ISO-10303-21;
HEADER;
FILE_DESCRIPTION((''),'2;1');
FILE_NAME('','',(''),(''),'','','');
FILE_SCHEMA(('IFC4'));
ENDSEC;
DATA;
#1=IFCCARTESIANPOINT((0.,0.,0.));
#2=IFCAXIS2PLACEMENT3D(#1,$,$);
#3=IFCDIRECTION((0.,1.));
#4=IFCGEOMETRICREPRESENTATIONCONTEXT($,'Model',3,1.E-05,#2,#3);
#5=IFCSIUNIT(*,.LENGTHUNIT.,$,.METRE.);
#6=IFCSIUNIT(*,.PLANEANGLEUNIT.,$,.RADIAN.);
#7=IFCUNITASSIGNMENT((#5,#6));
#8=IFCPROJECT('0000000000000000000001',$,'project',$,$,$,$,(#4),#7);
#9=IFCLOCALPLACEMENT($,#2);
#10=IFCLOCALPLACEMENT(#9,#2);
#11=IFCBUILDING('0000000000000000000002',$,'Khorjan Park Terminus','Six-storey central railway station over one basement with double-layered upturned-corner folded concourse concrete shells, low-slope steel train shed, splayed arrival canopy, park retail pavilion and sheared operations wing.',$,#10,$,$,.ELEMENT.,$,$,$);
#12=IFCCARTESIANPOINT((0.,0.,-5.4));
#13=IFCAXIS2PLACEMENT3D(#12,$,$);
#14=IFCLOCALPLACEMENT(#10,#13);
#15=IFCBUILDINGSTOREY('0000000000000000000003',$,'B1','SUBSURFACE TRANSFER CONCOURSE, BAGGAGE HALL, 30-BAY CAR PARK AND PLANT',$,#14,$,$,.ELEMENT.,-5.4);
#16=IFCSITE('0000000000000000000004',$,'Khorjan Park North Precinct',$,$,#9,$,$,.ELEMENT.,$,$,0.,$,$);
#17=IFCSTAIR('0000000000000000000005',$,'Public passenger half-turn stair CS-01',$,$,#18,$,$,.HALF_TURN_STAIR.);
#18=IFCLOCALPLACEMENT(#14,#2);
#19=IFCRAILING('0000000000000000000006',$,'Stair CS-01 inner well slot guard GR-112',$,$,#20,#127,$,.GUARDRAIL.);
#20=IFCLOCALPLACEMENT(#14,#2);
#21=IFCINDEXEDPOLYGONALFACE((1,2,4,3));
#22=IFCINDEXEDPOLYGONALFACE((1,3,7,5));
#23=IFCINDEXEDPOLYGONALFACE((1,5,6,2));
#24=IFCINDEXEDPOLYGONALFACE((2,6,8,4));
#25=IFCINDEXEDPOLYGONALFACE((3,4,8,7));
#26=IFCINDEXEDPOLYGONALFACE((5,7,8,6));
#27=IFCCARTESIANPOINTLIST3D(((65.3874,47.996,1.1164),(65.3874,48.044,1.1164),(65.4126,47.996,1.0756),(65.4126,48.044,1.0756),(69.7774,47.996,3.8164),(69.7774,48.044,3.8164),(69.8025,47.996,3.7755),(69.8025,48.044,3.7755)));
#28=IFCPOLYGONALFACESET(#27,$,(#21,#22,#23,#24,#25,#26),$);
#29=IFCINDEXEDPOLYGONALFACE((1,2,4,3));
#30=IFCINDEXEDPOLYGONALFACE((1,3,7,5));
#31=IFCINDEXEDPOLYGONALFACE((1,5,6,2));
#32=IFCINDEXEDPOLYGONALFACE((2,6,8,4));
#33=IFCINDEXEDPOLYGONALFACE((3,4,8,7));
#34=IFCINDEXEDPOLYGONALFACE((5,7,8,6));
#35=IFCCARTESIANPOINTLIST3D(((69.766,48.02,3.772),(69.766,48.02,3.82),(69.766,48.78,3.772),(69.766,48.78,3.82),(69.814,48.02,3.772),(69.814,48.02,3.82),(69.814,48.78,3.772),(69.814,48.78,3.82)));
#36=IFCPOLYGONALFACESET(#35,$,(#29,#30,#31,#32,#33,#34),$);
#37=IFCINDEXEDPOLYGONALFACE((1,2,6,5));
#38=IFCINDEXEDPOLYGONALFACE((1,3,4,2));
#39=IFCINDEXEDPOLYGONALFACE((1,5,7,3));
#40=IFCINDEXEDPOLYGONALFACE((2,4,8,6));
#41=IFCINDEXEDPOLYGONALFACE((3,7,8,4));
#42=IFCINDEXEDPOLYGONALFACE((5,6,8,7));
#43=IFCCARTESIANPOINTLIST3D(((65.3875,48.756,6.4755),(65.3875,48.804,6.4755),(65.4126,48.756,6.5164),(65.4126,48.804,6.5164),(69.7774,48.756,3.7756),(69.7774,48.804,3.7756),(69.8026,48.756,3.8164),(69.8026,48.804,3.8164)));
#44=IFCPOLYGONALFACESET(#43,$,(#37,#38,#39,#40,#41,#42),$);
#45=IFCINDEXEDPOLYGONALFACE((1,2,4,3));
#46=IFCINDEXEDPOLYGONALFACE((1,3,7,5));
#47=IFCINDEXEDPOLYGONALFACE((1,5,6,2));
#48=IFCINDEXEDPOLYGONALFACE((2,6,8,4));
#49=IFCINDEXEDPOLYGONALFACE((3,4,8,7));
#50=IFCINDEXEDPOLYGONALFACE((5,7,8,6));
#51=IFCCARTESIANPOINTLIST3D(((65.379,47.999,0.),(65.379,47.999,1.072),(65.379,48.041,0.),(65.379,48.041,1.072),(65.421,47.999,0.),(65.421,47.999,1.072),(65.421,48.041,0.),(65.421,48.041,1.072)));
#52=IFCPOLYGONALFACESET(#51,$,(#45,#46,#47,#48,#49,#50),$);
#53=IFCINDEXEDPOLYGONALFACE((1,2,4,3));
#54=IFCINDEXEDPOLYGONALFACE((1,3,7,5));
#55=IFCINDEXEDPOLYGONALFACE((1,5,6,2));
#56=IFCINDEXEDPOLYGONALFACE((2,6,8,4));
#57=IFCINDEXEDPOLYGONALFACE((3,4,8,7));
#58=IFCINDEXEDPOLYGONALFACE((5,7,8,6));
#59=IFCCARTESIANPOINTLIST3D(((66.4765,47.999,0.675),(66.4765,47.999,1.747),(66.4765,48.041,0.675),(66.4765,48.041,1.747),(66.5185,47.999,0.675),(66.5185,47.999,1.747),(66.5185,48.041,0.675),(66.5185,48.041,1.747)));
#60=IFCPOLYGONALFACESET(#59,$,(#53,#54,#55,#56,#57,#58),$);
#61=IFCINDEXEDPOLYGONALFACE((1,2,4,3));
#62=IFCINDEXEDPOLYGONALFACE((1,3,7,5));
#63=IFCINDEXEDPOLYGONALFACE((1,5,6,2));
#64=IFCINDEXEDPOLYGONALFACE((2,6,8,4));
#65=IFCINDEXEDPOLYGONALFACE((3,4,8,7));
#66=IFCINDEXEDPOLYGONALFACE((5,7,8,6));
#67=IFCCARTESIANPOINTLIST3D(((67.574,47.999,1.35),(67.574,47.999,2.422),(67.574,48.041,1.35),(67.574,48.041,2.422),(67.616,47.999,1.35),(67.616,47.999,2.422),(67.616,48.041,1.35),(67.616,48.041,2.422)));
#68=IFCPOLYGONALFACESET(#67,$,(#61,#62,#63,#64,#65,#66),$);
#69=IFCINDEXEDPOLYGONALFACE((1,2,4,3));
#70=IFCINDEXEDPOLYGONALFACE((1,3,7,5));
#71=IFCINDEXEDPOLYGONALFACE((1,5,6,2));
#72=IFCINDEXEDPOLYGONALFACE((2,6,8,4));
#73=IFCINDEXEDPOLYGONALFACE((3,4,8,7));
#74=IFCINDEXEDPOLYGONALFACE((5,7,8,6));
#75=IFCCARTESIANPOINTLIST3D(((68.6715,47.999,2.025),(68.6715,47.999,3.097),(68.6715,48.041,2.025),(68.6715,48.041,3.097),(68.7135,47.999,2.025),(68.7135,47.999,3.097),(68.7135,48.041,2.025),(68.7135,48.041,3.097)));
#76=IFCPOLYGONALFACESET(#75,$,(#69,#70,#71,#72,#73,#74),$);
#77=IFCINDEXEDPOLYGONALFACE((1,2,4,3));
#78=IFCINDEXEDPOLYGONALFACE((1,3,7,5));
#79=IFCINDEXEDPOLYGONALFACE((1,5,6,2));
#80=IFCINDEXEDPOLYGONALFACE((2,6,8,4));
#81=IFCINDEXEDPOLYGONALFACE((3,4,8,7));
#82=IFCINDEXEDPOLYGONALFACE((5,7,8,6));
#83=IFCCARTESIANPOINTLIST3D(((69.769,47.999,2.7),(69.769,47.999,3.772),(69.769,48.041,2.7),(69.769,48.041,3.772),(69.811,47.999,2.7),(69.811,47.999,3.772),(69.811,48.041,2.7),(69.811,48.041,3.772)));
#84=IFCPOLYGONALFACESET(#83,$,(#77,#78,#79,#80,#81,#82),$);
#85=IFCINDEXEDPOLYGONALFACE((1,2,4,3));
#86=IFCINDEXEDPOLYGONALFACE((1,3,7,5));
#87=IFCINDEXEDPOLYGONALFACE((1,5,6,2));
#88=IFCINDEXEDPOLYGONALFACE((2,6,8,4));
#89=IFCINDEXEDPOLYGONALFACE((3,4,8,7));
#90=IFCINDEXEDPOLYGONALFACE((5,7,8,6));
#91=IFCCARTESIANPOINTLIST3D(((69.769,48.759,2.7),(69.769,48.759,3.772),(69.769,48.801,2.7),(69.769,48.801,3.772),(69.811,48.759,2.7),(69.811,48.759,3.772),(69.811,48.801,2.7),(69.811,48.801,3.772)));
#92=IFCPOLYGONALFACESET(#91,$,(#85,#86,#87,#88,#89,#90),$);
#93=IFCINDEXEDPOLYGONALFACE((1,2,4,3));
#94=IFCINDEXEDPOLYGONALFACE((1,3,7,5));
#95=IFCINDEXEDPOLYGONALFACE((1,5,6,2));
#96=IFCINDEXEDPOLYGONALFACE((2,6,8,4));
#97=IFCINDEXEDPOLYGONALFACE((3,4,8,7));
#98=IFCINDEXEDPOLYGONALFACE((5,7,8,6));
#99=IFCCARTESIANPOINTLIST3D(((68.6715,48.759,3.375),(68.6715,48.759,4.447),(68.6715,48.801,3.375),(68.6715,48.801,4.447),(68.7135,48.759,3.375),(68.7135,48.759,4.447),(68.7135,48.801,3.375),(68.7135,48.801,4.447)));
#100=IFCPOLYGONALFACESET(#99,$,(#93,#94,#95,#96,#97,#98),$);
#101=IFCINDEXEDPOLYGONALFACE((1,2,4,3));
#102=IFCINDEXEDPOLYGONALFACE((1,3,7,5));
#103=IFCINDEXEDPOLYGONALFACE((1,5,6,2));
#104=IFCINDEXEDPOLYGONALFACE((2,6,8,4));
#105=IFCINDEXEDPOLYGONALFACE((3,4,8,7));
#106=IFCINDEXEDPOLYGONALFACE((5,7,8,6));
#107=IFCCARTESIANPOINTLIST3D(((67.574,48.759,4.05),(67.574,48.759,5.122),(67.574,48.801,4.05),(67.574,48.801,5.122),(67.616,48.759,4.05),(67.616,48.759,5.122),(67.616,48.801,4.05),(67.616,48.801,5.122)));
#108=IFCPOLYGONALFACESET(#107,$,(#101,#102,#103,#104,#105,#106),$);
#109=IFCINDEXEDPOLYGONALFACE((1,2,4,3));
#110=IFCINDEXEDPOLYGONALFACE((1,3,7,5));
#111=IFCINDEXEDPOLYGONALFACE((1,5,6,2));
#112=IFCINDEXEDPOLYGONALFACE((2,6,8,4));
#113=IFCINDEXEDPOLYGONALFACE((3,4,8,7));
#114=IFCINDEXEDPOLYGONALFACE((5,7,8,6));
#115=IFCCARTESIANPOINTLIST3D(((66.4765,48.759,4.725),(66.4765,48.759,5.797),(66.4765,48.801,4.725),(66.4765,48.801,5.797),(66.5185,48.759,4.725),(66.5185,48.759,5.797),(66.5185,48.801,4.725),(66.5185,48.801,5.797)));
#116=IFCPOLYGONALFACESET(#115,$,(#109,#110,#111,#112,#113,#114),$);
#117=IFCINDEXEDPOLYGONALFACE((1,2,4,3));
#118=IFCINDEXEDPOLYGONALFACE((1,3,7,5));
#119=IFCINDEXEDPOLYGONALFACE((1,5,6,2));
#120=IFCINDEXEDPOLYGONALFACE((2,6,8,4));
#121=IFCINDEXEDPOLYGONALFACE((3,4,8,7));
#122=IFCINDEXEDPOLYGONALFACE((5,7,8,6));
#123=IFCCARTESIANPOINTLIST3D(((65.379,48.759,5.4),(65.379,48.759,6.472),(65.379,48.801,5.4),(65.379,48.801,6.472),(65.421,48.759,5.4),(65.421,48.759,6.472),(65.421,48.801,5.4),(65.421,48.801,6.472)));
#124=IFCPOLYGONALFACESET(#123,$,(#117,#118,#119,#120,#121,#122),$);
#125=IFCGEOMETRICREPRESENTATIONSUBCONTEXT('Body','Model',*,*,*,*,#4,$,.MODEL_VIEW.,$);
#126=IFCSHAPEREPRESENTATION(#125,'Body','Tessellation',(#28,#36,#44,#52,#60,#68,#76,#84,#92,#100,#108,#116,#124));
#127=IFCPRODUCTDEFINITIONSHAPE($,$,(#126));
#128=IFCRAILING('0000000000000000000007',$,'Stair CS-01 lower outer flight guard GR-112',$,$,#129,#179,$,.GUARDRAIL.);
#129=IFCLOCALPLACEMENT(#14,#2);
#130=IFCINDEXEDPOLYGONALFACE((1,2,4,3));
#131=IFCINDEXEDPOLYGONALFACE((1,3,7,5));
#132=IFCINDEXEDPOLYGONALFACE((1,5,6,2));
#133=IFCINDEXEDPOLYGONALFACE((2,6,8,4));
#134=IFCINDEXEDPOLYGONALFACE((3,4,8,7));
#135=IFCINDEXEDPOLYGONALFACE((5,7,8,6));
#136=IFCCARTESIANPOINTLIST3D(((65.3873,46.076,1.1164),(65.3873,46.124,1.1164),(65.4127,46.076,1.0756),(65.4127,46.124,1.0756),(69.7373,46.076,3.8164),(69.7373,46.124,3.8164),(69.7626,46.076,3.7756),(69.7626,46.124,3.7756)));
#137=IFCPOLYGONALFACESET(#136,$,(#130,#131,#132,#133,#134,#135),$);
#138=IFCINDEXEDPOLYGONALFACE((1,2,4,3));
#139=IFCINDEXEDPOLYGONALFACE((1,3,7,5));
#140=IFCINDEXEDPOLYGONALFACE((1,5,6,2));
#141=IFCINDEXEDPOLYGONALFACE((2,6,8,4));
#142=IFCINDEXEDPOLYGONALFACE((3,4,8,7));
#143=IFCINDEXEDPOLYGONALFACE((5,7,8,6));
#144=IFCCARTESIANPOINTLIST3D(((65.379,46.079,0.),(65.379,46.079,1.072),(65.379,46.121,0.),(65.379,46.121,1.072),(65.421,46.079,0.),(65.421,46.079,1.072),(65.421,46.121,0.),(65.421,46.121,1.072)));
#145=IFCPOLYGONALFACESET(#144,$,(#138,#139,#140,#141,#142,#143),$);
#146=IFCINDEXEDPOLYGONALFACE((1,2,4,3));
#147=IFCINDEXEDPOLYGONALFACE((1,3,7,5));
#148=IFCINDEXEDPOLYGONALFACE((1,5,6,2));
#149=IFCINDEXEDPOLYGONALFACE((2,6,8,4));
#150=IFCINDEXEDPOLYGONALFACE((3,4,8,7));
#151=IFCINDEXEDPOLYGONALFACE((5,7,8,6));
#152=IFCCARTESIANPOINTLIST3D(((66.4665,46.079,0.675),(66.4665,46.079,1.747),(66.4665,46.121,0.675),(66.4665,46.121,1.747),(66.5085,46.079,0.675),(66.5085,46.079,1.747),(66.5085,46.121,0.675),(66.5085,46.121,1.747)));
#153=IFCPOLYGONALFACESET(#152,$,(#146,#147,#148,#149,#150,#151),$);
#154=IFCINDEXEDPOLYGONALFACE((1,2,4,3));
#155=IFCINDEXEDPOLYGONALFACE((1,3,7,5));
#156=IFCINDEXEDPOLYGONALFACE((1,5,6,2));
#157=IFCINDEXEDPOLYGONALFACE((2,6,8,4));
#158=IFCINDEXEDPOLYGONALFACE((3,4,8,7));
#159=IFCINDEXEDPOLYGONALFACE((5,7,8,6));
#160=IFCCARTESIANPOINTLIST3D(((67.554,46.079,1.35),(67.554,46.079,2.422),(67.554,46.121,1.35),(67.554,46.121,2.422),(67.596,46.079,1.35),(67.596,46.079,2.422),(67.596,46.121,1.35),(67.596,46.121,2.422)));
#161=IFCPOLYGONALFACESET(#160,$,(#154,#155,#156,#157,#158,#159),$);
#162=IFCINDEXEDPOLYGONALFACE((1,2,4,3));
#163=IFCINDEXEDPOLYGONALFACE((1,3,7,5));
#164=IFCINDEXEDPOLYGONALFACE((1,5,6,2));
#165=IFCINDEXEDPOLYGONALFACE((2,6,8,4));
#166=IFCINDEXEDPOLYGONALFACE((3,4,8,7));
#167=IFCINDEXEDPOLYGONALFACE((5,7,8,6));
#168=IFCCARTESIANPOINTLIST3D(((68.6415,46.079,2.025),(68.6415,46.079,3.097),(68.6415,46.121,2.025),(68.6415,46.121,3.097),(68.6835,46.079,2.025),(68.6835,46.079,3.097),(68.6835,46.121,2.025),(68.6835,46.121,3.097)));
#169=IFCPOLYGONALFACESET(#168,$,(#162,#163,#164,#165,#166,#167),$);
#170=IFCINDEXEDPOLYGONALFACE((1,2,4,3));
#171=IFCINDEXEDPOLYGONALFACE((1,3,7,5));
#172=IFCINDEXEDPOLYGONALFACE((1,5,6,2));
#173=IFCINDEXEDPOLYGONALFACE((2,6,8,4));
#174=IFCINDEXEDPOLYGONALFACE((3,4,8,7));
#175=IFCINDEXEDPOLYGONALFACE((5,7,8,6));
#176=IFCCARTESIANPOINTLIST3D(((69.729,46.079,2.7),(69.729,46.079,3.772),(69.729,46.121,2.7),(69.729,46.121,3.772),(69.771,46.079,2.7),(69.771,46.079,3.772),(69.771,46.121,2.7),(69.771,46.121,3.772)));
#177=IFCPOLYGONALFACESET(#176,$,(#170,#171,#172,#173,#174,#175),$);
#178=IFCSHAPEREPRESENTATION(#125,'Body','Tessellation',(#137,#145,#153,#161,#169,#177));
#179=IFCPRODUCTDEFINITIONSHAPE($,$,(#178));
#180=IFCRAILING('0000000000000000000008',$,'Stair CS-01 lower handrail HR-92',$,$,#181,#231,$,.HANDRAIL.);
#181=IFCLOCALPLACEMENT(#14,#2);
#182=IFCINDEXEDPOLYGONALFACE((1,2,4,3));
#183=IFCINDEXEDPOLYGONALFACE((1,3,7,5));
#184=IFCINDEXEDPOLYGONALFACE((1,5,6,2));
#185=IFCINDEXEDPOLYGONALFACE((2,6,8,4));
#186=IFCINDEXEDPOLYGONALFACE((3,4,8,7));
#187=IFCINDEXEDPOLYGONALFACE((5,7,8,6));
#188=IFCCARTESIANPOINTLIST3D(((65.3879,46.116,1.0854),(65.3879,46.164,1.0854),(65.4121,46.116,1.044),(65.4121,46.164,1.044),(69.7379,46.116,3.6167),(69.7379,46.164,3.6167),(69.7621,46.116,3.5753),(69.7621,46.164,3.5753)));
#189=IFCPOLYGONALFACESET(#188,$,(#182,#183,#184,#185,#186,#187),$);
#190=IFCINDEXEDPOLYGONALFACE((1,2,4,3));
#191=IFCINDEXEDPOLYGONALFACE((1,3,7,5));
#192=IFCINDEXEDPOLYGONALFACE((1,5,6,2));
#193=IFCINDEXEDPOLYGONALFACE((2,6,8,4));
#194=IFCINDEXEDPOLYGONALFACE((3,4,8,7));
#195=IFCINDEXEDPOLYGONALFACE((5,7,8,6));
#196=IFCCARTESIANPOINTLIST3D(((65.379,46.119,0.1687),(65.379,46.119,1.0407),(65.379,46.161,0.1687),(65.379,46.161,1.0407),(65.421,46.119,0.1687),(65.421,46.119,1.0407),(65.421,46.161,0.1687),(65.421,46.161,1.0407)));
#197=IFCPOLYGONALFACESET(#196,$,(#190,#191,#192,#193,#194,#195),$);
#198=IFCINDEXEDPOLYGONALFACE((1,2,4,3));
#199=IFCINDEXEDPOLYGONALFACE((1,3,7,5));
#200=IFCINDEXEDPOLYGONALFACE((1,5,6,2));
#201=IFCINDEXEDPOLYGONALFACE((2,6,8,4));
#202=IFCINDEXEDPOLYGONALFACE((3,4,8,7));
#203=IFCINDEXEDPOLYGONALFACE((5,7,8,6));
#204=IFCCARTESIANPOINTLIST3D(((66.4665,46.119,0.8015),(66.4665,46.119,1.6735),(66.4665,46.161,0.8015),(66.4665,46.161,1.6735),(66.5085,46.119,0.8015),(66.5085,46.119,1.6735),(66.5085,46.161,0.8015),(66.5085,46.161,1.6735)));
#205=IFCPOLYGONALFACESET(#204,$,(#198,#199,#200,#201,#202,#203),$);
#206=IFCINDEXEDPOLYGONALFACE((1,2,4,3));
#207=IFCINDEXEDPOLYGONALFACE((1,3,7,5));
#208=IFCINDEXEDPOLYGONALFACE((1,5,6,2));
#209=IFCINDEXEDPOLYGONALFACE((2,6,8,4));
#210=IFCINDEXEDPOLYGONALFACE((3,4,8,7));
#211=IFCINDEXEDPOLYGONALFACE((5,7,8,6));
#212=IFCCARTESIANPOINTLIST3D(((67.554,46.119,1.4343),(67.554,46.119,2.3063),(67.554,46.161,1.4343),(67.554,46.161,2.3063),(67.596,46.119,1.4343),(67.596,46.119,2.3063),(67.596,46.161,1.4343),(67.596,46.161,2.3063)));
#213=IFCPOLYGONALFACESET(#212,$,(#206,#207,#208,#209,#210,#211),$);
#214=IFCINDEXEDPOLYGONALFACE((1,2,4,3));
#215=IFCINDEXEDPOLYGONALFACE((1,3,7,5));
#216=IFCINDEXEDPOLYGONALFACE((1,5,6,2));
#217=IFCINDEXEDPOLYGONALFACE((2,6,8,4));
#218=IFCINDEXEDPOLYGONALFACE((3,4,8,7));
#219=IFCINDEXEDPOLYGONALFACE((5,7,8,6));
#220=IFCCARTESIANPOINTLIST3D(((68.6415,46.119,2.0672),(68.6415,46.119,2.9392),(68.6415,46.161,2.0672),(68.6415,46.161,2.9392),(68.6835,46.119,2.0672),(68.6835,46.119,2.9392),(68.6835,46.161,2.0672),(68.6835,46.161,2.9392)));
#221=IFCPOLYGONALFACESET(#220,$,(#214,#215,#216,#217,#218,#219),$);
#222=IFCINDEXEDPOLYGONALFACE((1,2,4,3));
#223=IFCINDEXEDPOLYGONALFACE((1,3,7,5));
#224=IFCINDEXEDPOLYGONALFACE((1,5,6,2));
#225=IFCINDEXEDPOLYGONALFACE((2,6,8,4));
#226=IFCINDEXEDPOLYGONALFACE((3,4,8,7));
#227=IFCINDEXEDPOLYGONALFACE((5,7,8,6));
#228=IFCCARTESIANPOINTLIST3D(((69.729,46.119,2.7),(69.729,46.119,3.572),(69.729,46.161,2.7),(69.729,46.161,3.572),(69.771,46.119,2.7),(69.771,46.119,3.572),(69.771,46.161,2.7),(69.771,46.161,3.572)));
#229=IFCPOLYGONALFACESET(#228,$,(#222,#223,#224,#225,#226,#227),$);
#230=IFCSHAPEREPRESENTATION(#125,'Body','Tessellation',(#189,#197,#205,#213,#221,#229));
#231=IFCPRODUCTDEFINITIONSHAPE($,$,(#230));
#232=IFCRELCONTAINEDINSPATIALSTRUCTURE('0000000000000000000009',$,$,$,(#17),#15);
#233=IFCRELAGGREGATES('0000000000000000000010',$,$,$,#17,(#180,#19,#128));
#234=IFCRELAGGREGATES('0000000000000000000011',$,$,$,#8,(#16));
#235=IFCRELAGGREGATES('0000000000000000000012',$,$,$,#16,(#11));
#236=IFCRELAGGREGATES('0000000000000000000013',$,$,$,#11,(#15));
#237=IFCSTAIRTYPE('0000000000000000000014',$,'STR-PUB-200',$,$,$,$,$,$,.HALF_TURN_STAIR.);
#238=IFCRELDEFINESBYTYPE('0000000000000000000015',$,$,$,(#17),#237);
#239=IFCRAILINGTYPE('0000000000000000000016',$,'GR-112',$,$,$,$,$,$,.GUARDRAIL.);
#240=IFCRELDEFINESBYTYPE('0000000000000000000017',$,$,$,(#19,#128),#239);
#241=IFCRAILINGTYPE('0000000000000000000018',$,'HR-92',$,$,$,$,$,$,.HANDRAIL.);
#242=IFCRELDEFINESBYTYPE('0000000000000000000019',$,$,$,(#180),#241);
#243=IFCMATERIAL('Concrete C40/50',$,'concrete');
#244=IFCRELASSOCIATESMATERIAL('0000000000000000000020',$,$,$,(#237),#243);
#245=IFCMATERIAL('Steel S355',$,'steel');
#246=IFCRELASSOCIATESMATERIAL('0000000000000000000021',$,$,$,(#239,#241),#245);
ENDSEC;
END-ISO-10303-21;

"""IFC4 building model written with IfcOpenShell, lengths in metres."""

from ifc_helpers import new_model, si_unit, direction, frame, origin, origin_2d, place, context, subcontext, project, spatial, rectangle, extrude, material, type_object, element, aggregate, save


model = new_model("IFC4")

# Units and contexts
model_context = context("Model", 3, precision=1e-05, world=origin(), true_north=direction((0.0, 1.0)))
body_context = subcontext(model_context, "Body", "Model", "MODEL_VIEW")
ifc_project = project(units=[si_unit("LENGTHUNIT", "METRE"), si_unit("PLANEANGLEUNIT", "RADIAN")], contexts=[model_context])

# Site, building, storey
site_placement = place(None, origin())
site = spatial("IfcSite", under=ifc_project, at=site_placement, Name="Khorjan Park North Precinct", CompositionType="ELEMENT", RefElevation=0.0)
building_placement = place(site_placement, origin())
building = spatial("IfcBuilding", under=site, at=building_placement, Name="Khorjan Park Terminus", Description="Six-storey central railway station over one basement with double-layered upturned-corner folded concourse concrete shells, low-slope steel train shed, splayed arrival canopy, park retail pavilion and sheared operations wing.", CompositionType="ELEMENT")
storey_placement = place(building_placement, frame((0.0, 0.0, -5.4)))
storey = spatial("IfcBuildingStorey", under=building, at=storey_placement, Name="B1", Description="SUBSURFACE TRANSFER CONCOURSE, BAGGAGE HALL, 30-BAY CAR PARK AND PLANT", CompositionType="ELEMENT", Elevation=-5.4)

# Shared definitions
ifc_material_1 = material(Name="Concrete C40/50", Category="concrete")

# Stair, railings
stair_type = type_object("IfcStairType", Name="STR-PUB-200", PredefinedType="HALF_TURN_STAIR", material=ifc_material_1)
stair_placement = place(storey_placement, origin())
stair = element("IfcStair", 1, at=stair_placement, inside=storey, type_object=stair_type, Name="Public passenger half-turn stair CS-01", PredefinedType="HALF_TURN_STAIR")
ifc_material_2 = material(Name="Steel S355", Category="steel")
railing_type_1 = type_object("IfcRailingType", Name="GR-112", PredefinedType="GUARDRAIL", material=ifc_material_2)
railing_1_placement = place(storey_placement, frame((65.4, 48.02, 0.0)))
railing_1 = element("IfcRailing", 2, at=railing_1_placement, type_object=railing_type_1, Name="Stair CS-01 inner well slot guard GR-112", PredefinedType="GUARDRAIL", context=body_context, shape_type="SweptSolid", body=[
    extrude(rectangle(XDim=0.048, YDim=0.048, at=origin_2d()), frame((0.0, 0.0, 1.096), z_axis=(0.851792, 0.0, 0.523881), x_axis=(0.0, 1.0, 0.0)), (0.0, 0.0, 1.0), 5.1538),
    extrude(rectangle(XDim=0.048, YDim=0.048, at=origin_2d()), frame((4.39, 0.0, 3.796), z_axis=(0.0, 1.0, 0.0), x_axis=(-1.0, 0.0, 0.0)), (0.0, 0.0, 1.0), 0.76),
    extrude(rectangle(XDim=0.048, YDim=0.048, at=origin_2d()), frame((4.39, 0.76, 3.796), z_axis=(-0.851792, 0.0, 0.523881), x_axis=(0.0, -1.0, 0.0)), (0.0, 0.0, 1.0), 5.1538),
    extrude(rectangle(XDim=0.042, YDim=0.042, at=origin_2d()), origin(), (0.0, 0.0, 1.0), 1.072),
    extrude(rectangle(XDim=0.042, YDim=0.042, at=origin_2d()), frame((1.0975, 0.0, 0.675)), (0.0, 0.0, 1.0), 1.072),
    extrude(rectangle(XDim=0.042, YDim=0.042, at=origin_2d()), frame((2.195, 0.0, 1.35)), (0.0, 0.0, 1.0), 1.072),
    extrude(rectangle(XDim=0.042, YDim=0.042, at=origin_2d()), frame((3.2925, 0.0, 2.025)), (0.0, 0.0, 1.0), 1.072),
    extrude(rectangle(XDim=0.042, YDim=0.042, at=origin_2d()), frame((4.39, 0.0, 2.7)), (0.0, 0.0, 1.0), 1.072),
    extrude(rectangle(XDim=0.042, YDim=0.042, at=origin_2d()), frame((4.39, 0.76, 2.7)), (0.0, 0.0, 1.0), 1.072),
    extrude(rectangle(XDim=0.042, YDim=0.042, at=origin_2d()), frame((3.2925, 0.76, 3.375)), (0.0, 0.0, 1.0), 1.072),
    extrude(rectangle(XDim=0.042, YDim=0.042, at=origin_2d()), frame((2.195, 0.76, 4.05)), (0.0, 0.0, 1.0), 1.072),
    extrude(rectangle(XDim=0.042, YDim=0.042, at=origin_2d()), frame((1.0975, 0.76, 4.725)), (0.0, 0.0, 1.0), 1.072),
    extrude(rectangle(XDim=0.042, YDim=0.042, at=origin_2d()), frame((0.0, 0.76, 5.4)), (0.0, 0.0, 1.0), 1.072),
])
railing_2_placement = place(storey_placement, frame((65.4, 46.1, 0.0)))
railing_2 = element("IfcRailing", 3, at=railing_2_placement, type_object=railing_type_1, Name="Stair CS-01 lower outer flight guard GR-112", PredefinedType="GUARDRAIL", context=body_context, shape_type="SweptSolid", body=[
    extrude(rectangle(XDim=0.048, YDim=0.048, at=origin_2d()), frame((0.0, 0.0, 1.096), z_axis=(0.84964, 0.0, 0.527363), x_axis=(0.0, 1.0, 0.0)), (0.0, 0.0, 1.0), 5.1198),
    extrude(rectangle(XDim=0.042, YDim=0.042, at=origin_2d()), origin(), (0.0, 0.0, 1.0), 1.072),
    extrude(rectangle(XDim=0.042, YDim=0.042, at=origin_2d()), frame((1.0875, 0.0, 0.675)), (0.0, 0.0, 1.0), 1.072),
    extrude(rectangle(XDim=0.042, YDim=0.042, at=origin_2d()), frame((2.175, 0.0, 1.35)), (0.0, 0.0, 1.0), 1.072),
    extrude(rectangle(XDim=0.042, YDim=0.042, at=origin_2d()), frame((3.2625, 0.0, 2.025)), (0.0, 0.0, 1.0), 1.072),
    extrude(rectangle(XDim=0.042, YDim=0.042, at=origin_2d()), frame((4.35, 0.0, 2.7)), (0.0, 0.0, 1.0), 1.072),
])
railing_type_2 = type_object("IfcRailingType", Name="HR-92", PredefinedType="HANDRAIL", material=ifc_material_2)
railing_3_placement = place(storey_placement, frame((65.4, 46.14, 0.1687)))
railing_3 = element("IfcRailing", 4, at=railing_3_placement, type_object=railing_type_2, Name="Stair CS-01 lower handrail HR-92", PredefinedType="HANDRAIL", context=body_context, shape_type="SweptSolid", body=[
    extrude(rectangle(XDim=0.048, YDim=0.048, at=origin_2d()), frame((0.0, 0.0, 0.896), z_axis=(0.864315, 0.0, 0.502952), x_axis=(0.0, 1.0, 0.0)), (0.0, 0.0, 1.0), 5.0329),
    extrude(rectangle(XDim=0.042, YDim=0.042, at=origin_2d()), origin(), (0.0, 0.0, 1.0), 0.872),
    extrude(rectangle(XDim=0.042, YDim=0.042, at=origin_2d()), frame((1.0875, 0.0, 0.6328)), (0.0, 0.0, 1.0), 0.872),
    extrude(rectangle(XDim=0.042, YDim=0.042, at=origin_2d()), frame((2.175, 0.0, 1.2656)), (0.0, 0.0, 1.0), 0.872),
    extrude(rectangle(XDim=0.042, YDim=0.042, at=origin_2d()), frame((3.2625, 0.0, 1.8985)), (0.0, 0.0, 1.0), 0.872),
    extrude(rectangle(XDim=0.042, YDim=0.042, at=origin_2d()), frame((4.35, 0.0, 2.5313)), (0.0, 0.0, 1.0), 0.872),
])
aggregate(stair, [railing_3, railing_1, railing_2])

save(model, "model.ifc")
